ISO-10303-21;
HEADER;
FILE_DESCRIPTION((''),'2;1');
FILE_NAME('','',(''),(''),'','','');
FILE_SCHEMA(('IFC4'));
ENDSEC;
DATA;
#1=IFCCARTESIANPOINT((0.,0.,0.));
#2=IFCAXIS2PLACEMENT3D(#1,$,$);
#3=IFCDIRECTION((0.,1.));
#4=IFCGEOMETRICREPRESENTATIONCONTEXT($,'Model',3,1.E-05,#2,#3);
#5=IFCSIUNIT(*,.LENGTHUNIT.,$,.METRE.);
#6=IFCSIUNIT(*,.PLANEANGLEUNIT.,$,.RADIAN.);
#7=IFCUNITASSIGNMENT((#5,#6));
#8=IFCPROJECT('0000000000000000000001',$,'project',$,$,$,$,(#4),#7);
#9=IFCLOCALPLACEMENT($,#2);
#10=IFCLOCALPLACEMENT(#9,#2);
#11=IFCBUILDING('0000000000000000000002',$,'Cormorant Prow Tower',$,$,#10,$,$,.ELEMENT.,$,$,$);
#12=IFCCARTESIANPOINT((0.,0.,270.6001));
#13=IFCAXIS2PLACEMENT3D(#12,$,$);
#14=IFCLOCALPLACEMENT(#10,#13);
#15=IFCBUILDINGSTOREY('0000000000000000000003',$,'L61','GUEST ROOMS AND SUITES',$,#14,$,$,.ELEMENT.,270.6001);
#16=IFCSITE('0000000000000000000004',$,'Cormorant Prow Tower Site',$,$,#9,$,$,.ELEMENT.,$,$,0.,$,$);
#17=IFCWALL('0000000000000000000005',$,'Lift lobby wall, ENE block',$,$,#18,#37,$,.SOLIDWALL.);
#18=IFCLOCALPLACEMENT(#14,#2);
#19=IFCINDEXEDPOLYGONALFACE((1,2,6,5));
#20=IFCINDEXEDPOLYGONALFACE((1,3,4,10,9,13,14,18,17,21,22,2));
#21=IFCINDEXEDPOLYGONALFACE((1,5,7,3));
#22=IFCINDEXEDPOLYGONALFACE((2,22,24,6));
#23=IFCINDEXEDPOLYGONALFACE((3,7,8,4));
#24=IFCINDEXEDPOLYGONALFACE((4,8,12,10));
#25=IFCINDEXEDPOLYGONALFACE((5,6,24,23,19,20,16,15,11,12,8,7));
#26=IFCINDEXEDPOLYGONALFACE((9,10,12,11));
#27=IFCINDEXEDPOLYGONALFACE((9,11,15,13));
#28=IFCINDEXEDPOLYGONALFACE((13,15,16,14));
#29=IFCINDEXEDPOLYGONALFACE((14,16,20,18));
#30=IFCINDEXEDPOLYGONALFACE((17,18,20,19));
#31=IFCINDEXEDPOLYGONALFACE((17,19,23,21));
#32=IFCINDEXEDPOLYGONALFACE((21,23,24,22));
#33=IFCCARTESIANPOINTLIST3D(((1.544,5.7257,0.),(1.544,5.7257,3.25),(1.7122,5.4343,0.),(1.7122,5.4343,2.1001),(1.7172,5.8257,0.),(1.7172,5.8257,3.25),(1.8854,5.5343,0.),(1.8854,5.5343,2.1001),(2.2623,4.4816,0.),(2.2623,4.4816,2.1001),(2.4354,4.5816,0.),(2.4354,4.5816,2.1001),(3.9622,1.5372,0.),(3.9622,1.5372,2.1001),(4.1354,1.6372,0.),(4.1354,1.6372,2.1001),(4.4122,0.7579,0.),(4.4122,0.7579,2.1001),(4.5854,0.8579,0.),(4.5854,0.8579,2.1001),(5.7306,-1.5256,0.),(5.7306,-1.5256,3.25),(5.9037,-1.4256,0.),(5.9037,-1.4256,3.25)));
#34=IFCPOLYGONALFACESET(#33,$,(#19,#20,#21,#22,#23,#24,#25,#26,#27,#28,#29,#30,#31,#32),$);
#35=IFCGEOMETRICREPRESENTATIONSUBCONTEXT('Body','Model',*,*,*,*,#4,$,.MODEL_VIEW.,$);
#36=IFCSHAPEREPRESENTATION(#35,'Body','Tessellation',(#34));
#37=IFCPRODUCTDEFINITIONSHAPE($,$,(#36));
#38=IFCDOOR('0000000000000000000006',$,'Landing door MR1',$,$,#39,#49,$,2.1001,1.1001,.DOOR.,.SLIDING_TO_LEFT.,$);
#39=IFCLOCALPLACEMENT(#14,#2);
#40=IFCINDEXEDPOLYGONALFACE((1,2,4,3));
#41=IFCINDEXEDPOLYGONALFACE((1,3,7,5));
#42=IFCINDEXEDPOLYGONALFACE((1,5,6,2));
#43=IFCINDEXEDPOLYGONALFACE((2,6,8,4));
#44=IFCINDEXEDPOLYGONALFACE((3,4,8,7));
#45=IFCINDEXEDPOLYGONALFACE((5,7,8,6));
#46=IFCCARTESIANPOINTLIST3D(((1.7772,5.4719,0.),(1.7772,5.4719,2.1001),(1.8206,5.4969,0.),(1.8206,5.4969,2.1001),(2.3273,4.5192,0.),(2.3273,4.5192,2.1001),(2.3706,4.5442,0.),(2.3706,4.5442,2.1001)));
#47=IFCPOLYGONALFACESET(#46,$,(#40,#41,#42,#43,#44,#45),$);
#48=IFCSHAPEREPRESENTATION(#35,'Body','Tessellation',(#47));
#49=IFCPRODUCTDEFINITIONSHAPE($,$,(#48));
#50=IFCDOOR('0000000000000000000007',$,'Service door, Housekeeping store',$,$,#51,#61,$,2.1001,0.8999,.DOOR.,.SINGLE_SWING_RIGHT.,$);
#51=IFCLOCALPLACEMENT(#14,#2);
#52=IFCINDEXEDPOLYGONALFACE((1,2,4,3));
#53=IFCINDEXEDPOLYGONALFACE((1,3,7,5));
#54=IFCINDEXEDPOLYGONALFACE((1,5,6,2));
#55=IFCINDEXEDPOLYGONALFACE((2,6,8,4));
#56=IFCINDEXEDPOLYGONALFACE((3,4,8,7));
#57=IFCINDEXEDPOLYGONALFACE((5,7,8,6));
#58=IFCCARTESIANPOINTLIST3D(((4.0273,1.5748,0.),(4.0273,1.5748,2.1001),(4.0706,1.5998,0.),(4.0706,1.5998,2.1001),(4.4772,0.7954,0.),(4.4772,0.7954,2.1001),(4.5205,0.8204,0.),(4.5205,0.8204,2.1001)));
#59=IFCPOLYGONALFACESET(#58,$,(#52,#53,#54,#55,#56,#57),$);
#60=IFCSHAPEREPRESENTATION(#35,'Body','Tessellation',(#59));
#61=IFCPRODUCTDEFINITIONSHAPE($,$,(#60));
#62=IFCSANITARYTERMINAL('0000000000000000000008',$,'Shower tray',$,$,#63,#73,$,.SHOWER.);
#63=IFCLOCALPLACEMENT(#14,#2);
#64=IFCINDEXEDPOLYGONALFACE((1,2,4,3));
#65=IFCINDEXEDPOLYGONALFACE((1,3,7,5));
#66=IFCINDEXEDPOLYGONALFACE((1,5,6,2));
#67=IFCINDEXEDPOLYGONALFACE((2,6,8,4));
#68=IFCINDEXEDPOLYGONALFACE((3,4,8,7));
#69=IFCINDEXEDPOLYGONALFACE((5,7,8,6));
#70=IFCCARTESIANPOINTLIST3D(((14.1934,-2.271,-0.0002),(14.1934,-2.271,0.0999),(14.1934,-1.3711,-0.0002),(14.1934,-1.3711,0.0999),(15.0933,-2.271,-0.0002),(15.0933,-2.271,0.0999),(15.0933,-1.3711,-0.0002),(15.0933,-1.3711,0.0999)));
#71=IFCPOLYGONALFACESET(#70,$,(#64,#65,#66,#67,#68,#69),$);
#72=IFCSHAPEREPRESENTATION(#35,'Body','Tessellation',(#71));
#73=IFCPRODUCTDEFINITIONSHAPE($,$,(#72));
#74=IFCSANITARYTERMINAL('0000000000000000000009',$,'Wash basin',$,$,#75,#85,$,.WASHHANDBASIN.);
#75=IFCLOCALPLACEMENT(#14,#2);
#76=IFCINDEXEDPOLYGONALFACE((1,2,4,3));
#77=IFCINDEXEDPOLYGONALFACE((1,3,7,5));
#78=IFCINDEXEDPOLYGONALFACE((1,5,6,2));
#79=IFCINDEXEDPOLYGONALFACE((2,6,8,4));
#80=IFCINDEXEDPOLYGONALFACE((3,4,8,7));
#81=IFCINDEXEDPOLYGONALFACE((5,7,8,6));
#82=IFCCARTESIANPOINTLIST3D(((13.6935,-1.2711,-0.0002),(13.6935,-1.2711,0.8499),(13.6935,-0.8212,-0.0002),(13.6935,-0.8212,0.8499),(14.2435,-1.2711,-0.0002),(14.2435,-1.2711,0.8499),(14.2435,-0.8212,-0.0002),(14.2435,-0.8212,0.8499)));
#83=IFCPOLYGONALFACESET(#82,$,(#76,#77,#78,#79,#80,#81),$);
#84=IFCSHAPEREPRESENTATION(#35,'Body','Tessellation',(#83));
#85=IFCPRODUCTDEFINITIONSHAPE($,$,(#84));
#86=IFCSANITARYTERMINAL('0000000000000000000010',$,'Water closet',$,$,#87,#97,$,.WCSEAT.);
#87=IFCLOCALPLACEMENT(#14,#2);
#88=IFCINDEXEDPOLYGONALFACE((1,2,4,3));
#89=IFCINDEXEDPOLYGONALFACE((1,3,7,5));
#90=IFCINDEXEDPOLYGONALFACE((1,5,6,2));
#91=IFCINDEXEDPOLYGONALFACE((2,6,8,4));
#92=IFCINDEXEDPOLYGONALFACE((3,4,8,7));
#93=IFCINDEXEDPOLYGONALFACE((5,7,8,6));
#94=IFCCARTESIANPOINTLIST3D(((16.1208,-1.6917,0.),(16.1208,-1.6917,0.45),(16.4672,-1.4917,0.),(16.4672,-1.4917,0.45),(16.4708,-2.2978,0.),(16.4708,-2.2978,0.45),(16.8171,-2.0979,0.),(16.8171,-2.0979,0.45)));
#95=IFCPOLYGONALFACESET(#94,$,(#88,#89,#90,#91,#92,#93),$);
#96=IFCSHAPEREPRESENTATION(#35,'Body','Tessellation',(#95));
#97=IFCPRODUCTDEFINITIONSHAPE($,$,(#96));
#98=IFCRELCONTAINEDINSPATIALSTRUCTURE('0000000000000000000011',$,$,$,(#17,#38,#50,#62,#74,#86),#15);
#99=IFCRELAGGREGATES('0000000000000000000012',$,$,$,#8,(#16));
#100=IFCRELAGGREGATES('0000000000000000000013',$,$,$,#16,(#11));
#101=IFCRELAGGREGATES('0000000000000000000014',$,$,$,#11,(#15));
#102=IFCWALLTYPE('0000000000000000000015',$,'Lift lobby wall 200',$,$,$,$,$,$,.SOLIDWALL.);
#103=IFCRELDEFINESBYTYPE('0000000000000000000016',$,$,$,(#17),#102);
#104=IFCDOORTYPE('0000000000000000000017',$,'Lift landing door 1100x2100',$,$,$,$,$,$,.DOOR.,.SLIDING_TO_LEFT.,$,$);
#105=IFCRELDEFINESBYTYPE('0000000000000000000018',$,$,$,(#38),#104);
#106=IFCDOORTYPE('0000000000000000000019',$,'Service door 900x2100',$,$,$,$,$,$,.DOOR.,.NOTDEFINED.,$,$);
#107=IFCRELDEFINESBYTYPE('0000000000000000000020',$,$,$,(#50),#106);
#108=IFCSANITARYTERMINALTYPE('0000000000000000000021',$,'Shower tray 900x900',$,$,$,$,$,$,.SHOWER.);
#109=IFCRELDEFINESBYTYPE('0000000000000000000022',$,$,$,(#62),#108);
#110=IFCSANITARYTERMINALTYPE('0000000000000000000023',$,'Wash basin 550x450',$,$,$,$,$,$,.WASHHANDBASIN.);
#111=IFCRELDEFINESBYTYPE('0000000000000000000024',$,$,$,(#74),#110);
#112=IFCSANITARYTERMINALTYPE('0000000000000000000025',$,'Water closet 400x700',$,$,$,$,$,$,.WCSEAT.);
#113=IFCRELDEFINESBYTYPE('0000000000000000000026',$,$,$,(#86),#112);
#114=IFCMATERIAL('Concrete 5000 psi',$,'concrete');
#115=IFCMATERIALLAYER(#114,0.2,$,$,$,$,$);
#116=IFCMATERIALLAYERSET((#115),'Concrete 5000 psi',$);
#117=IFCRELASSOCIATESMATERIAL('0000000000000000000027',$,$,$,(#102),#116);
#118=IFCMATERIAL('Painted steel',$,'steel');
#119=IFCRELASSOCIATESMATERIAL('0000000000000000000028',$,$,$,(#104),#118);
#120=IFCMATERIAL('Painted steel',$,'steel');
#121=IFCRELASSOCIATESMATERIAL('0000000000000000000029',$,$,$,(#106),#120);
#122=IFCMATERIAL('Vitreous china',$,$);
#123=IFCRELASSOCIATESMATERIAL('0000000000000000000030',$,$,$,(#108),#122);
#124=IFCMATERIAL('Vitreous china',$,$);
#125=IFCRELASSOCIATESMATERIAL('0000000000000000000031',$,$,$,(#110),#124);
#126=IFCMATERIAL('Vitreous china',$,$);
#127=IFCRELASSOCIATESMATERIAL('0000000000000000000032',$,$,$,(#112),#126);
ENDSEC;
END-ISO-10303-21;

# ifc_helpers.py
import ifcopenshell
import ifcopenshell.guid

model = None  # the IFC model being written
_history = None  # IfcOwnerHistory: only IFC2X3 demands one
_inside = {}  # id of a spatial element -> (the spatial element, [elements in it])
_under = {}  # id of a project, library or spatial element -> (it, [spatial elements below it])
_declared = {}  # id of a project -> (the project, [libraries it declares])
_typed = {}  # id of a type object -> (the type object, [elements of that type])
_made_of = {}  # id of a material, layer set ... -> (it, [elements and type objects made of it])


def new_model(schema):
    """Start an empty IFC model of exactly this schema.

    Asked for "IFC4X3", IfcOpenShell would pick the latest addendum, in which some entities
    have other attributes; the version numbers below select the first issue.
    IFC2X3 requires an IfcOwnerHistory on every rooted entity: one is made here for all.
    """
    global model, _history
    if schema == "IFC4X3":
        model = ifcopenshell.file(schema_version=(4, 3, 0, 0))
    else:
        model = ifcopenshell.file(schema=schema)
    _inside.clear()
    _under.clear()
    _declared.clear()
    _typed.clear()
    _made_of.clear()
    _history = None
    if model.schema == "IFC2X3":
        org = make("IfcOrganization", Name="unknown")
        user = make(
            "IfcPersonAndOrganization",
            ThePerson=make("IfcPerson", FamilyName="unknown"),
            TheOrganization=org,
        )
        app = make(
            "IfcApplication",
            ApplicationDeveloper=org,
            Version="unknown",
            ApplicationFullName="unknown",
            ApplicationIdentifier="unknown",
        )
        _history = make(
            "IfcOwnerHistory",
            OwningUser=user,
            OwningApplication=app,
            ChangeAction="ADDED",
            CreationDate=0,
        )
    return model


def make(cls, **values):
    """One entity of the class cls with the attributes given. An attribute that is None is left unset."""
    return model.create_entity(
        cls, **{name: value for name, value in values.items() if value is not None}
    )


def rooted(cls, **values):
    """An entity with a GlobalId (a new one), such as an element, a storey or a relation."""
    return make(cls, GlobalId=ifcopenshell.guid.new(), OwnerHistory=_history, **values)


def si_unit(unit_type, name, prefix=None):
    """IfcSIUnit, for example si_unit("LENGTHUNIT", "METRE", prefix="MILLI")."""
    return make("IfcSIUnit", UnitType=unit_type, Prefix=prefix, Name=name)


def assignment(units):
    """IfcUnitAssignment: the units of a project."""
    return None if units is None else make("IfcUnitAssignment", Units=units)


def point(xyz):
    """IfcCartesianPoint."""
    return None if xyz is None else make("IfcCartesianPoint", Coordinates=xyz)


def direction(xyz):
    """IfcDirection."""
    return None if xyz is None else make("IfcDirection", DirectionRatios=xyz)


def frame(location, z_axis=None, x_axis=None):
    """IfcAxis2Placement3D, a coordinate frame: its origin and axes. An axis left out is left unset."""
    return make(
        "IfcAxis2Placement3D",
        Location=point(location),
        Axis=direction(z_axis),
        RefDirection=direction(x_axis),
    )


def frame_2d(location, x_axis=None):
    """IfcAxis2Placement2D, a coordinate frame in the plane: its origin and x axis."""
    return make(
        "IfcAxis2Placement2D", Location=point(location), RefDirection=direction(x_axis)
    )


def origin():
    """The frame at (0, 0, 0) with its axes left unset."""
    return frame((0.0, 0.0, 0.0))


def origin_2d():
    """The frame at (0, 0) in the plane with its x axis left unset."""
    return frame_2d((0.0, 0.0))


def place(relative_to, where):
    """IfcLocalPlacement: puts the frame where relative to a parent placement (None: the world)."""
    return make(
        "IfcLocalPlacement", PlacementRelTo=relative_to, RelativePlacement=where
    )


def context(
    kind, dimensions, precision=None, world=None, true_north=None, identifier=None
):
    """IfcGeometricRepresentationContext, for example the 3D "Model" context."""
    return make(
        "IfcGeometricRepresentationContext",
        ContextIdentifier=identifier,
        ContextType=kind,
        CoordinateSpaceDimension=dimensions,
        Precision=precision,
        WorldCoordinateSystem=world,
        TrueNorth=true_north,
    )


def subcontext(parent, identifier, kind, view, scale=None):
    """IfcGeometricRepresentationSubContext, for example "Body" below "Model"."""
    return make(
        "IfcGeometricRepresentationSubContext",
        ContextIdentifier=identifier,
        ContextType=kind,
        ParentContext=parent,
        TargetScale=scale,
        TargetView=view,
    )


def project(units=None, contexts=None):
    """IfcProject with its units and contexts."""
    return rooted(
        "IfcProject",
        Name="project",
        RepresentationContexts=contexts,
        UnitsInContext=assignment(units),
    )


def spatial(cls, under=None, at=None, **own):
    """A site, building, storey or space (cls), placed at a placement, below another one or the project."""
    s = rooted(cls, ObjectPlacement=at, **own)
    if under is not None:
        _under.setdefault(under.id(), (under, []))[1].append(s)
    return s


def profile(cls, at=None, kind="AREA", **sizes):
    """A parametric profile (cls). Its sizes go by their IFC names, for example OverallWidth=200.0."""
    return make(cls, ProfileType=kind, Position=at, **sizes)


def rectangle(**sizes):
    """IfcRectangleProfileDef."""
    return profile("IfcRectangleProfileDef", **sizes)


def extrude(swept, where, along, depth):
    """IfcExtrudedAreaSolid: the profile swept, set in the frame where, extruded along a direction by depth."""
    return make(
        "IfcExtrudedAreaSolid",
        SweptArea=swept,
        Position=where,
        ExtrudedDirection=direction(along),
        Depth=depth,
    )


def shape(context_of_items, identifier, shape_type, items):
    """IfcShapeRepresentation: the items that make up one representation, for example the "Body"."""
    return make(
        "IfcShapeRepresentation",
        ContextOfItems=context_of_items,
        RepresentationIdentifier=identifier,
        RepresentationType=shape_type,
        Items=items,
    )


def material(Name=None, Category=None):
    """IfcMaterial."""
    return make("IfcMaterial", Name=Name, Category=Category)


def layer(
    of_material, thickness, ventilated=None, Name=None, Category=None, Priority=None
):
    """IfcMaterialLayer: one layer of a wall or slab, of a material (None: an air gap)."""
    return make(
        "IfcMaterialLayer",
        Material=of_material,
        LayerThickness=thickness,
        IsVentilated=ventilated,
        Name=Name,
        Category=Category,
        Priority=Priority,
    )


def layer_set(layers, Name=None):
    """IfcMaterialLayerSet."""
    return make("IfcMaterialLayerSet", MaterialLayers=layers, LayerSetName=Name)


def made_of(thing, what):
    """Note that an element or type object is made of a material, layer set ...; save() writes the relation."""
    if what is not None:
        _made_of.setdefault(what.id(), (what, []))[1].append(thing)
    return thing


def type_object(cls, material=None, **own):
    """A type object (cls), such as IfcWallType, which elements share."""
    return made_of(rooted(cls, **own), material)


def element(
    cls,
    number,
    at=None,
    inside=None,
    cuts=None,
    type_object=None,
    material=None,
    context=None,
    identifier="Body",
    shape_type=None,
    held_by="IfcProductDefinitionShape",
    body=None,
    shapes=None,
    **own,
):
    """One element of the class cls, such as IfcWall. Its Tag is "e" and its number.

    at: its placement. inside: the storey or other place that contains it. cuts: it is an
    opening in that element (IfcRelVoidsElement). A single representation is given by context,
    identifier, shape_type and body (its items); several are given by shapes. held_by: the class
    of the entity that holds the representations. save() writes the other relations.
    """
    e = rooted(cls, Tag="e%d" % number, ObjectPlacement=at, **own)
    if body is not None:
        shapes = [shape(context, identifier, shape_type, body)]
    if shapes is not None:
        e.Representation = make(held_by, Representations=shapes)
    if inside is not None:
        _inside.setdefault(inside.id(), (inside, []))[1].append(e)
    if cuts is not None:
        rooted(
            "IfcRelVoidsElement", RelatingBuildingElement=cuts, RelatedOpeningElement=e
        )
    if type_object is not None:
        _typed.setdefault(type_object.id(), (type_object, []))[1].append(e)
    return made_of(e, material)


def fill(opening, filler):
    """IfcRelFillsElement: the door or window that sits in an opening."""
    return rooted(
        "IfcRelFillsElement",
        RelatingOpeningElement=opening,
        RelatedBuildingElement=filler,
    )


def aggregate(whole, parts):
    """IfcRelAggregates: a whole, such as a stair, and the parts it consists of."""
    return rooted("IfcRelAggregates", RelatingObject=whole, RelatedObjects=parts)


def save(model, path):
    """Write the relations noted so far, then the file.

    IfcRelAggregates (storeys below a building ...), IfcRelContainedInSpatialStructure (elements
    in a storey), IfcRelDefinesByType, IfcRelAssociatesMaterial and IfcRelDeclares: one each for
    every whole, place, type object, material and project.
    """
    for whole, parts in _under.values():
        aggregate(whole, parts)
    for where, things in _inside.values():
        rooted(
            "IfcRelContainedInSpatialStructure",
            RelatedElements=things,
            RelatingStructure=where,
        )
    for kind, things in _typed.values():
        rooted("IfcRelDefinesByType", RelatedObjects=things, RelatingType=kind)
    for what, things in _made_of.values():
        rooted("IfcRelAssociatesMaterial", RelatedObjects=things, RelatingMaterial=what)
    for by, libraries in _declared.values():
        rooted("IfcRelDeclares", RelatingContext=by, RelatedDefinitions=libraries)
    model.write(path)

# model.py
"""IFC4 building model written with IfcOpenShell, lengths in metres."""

from ifc_helpers import new_model, si_unit, direction, frame, frame_2d, origin, origin_2d, place, context, subcontext, project, spatial, rectangle, extrude, material, layer, layer_set, type_object, element, fill, save


model = new_model("IFC4")

# Units and contexts
model_context = context("Model", 3, precision=1e-05, world=origin(), true_north=direction((0.0, 1.0)))
body_context = subcontext(model_context, "Body", "Model", "MODEL_VIEW")
ifc_project = project(units=[si_unit("LENGTHUNIT", "METRE"), si_unit("PLANEANGLEUNIT", "RADIAN")], contexts=[model_context])

# Site, building, storey
site_placement = place(None, origin())
site = spatial("IfcSite", under=ifc_project, at=site_placement, Name="Cormorant Prow Tower Site", CompositionType="ELEMENT", RefElevation=0.0)
building_placement = place(site_placement, origin())
building = spatial("IfcBuilding", under=site, at=building_placement, Name="Cormorant Prow Tower", CompositionType="ELEMENT")
storey_placement = place(building_placement, frame((0.0, 0.0, 270.6001)))
storey = spatial("IfcBuildingStorey", under=building, at=storey_placement, Name="L61", Description="GUEST ROOMS AND SUITES", CompositionType="ELEMENT", Elevation=270.6001)

# Wall, openings, doors
ifc_material_1 = material(Name="Concrete 5000 psi", Category="concrete")
ifc_layer_1 = layer(ifc_material_1, 0.2)
ifc_layer_set_1 = layer_set([ifc_layer_1], Name="Concrete 5000 psi")
wall_type_1 = type_object("IfcWallType", Name="Lift lobby wall 200", PredefinedType="SOLIDWALL", material=ifc_layer_set_1)
wall_1_placement = place(storey_placement, frame((5.8171, -1.4756, 0.0), z_axis=(0.0, 0.0, 1.0), x_axis=(-0.500003, 0.866024, 0.0)))
wall_1 = element("IfcWall", 1, at=wall_1_placement, inside=storey, type_object=wall_type_1, Name="Lift lobby wall, ENE block", PredefinedType="SOLIDWALL", context=body_context, shape_type="SweptSolid", body=[
    extrude(rectangle(XDim=8.373, YDim=0.2, at=frame_2d((4.1865, 0.0))), origin(), (0.0, 0.0, 1.0), 3.25),
])
opening_1_placement = place(wall_1_placement, frame((2.6367, 0.0, 0.0)))
opening_1 = element("IfcOpeningElement", 2, at=opening_1_placement, cuts=wall_1, PredefinedType="OPENING", context=body_context, shape_type="SweptSolid", body=[
    extrude(rectangle(XDim=0.8999, YDim=2.1001, at=frame_2d((0.45, 1.05))), frame((0.0, 0.1099, 0.0), z_axis=(0.0, -1.0, 0.0), x_axis=(1.0, 0.0, 0.0)), (0.0, 0.0, 1.0), 0.22),
])
opening_2_placement = place(wall_1_placement, frame((6.9365, 0.0, 0.0)))
opening_2 = element("IfcOpeningElement", 3, at=opening_2_placement, cuts=wall_1, PredefinedType="OPENING", context=body_context, shape_type="SweptSolid", body=[
    extrude(rectangle(XDim=1.1001, YDim=2.1001, at=frame_2d((0.55, 1.05))), frame((0.0, 0.1099, 0.0), z_axis=(0.0, -1.0, 0.0), x_axis=(1.0, 0.0, 0.0)), (0.0, 0.0, 1.0), 0.22),
])
ifc_material_2 = material(Name="Painted steel", Category="steel")
door_type_1 = type_object("IfcDoorType", Name="Lift landing door 1100x2100", OperationType="SLIDING_TO_LEFT", PredefinedType="DOOR", material=ifc_material_2)
door_1_placement = place(opening_2_placement, origin())
door_1 = element("IfcDoor", 4, at=door_1_placement, inside=storey, type_object=door_type_1, Name="Landing door MR1", OperationType="SLIDING_TO_LEFT", OverallHeight=2.1001, OverallWidth=1.1001, PredefinedType="DOOR", context=body_context, shape_type="SweptSolid", body=[
    extrude(rectangle(XDim=1.1001, YDim=2.1001, at=frame_2d((0.55, 1.05))), frame((0.0, 0.0249, 0.0), z_axis=(0.0, -1.0, 0.0), x_axis=(1.0, 0.0, 0.0)), (0.0, 0.0, 1.0), 0.05),
])
fill(opening_2, door_1)
ifc_material_3 = material(Name="Painted steel", Category="steel")
door_type_2 = type_object("IfcDoorType", Name="Service door 900x2100", OperationType="NOTDEFINED", PredefinedType="DOOR", material=ifc_material_3)
door_2_placement = place(opening_1_placement, origin())
door_2 = element("IfcDoor", 5, at=door_2_placement, inside=storey, type_object=door_type_2, Name="Service door, Housekeeping store", OperationType="SINGLE_SWING_RIGHT", OverallHeight=2.1001, OverallWidth=0.8999, PredefinedType="DOOR", context=body_context, shape_type="SweptSolid", body=[
    extrude(rectangle(XDim=0.8999, YDim=2.1001, at=frame_2d((0.45, 1.05))), frame((0.0, 0.0249, 0.0), z_axis=(0.0, -1.0, 0.0), x_axis=(1.0, 0.0, 0.0)), (0.0, 0.0, 1.0), 0.05),
])
fill(opening_1, door_2)

# Sanitary terminals
ifc_material_4 = material(Name="Vitreous china")
sanitary_terminal_type_1 = type_object("IfcSanitaryTerminalType", Name="Shower tray 900x900", PredefinedType="SHOWER", material=ifc_material_4)
sanitary_terminal_1_placement = place(storey_placement, frame((14.6433, -1.821, -0.0002), z_axis=(0.0, 0.0, 1.0), x_axis=(1.0, 0.0, 0.0)))
element("IfcSanitaryTerminal", 6, at=sanitary_terminal_1_placement, inside=storey, type_object=sanitary_terminal_type_1, Name="Shower tray", PredefinedType="SHOWER", context=body_context, shape_type="SweptSolid", body=[
    extrude(rectangle(XDim=0.8999, YDim=0.8999, at=origin_2d()), origin(), (0.0, 0.0, 1.0), 0.1001),
])
ifc_material_5 = material(Name="Vitreous china")
sanitary_terminal_type_2 = type_object("IfcSanitaryTerminalType", Name="Wash basin 550x450", PredefinedType="WASHHANDBASIN", material=ifc_material_5)
sanitary_terminal_2_placement = place(storey_placement, frame((13.9685, -1.0461, -0.0002), z_axis=(0.0, 0.0, 1.0), x_axis=(1.0, 0.0, 0.0)))
element("IfcSanitaryTerminal", 7, at=sanitary_terminal_2_placement, inside=storey, type_object=sanitary_terminal_type_2, Name="Wash basin", PredefinedType="WASHHANDBASIN", context=body_context, shape_type="SweptSolid", body=[
    extrude(rectangle(XDim=0.55, YDim=0.45, at=origin_2d()), origin(), (0.0, 0.0, 1.0), 0.8501),
])
ifc_material_6 = material(Name="Vitreous china")
sanitary_terminal_type_3 = type_object("IfcSanitaryTerminalType", Name="Water closet 400x700", PredefinedType="WCSEAT", material=ifc_material_6)
sanitary_terminal_3_placement = place(storey_placement, frame((16.469, -1.8948, 0.0), z_axis=(0.0, 0.0, 1.0), x_axis=(-0.866025, -0.5, 0.0)))
element("IfcSanitaryTerminal", 8, at=sanitary_terminal_3_placement, inside=storey, type_object=sanitary_terminal_type_3, Name="Water closet", PredefinedType="WCSEAT", context=body_context, shape_type="SweptSolid", body=[
    extrude(rectangle(XDim=0.3999, YDim=0.7, at=origin_2d()), origin(), (0.0, 0.0, 1.0), 0.45),
])

save(model, "model.ifc")
